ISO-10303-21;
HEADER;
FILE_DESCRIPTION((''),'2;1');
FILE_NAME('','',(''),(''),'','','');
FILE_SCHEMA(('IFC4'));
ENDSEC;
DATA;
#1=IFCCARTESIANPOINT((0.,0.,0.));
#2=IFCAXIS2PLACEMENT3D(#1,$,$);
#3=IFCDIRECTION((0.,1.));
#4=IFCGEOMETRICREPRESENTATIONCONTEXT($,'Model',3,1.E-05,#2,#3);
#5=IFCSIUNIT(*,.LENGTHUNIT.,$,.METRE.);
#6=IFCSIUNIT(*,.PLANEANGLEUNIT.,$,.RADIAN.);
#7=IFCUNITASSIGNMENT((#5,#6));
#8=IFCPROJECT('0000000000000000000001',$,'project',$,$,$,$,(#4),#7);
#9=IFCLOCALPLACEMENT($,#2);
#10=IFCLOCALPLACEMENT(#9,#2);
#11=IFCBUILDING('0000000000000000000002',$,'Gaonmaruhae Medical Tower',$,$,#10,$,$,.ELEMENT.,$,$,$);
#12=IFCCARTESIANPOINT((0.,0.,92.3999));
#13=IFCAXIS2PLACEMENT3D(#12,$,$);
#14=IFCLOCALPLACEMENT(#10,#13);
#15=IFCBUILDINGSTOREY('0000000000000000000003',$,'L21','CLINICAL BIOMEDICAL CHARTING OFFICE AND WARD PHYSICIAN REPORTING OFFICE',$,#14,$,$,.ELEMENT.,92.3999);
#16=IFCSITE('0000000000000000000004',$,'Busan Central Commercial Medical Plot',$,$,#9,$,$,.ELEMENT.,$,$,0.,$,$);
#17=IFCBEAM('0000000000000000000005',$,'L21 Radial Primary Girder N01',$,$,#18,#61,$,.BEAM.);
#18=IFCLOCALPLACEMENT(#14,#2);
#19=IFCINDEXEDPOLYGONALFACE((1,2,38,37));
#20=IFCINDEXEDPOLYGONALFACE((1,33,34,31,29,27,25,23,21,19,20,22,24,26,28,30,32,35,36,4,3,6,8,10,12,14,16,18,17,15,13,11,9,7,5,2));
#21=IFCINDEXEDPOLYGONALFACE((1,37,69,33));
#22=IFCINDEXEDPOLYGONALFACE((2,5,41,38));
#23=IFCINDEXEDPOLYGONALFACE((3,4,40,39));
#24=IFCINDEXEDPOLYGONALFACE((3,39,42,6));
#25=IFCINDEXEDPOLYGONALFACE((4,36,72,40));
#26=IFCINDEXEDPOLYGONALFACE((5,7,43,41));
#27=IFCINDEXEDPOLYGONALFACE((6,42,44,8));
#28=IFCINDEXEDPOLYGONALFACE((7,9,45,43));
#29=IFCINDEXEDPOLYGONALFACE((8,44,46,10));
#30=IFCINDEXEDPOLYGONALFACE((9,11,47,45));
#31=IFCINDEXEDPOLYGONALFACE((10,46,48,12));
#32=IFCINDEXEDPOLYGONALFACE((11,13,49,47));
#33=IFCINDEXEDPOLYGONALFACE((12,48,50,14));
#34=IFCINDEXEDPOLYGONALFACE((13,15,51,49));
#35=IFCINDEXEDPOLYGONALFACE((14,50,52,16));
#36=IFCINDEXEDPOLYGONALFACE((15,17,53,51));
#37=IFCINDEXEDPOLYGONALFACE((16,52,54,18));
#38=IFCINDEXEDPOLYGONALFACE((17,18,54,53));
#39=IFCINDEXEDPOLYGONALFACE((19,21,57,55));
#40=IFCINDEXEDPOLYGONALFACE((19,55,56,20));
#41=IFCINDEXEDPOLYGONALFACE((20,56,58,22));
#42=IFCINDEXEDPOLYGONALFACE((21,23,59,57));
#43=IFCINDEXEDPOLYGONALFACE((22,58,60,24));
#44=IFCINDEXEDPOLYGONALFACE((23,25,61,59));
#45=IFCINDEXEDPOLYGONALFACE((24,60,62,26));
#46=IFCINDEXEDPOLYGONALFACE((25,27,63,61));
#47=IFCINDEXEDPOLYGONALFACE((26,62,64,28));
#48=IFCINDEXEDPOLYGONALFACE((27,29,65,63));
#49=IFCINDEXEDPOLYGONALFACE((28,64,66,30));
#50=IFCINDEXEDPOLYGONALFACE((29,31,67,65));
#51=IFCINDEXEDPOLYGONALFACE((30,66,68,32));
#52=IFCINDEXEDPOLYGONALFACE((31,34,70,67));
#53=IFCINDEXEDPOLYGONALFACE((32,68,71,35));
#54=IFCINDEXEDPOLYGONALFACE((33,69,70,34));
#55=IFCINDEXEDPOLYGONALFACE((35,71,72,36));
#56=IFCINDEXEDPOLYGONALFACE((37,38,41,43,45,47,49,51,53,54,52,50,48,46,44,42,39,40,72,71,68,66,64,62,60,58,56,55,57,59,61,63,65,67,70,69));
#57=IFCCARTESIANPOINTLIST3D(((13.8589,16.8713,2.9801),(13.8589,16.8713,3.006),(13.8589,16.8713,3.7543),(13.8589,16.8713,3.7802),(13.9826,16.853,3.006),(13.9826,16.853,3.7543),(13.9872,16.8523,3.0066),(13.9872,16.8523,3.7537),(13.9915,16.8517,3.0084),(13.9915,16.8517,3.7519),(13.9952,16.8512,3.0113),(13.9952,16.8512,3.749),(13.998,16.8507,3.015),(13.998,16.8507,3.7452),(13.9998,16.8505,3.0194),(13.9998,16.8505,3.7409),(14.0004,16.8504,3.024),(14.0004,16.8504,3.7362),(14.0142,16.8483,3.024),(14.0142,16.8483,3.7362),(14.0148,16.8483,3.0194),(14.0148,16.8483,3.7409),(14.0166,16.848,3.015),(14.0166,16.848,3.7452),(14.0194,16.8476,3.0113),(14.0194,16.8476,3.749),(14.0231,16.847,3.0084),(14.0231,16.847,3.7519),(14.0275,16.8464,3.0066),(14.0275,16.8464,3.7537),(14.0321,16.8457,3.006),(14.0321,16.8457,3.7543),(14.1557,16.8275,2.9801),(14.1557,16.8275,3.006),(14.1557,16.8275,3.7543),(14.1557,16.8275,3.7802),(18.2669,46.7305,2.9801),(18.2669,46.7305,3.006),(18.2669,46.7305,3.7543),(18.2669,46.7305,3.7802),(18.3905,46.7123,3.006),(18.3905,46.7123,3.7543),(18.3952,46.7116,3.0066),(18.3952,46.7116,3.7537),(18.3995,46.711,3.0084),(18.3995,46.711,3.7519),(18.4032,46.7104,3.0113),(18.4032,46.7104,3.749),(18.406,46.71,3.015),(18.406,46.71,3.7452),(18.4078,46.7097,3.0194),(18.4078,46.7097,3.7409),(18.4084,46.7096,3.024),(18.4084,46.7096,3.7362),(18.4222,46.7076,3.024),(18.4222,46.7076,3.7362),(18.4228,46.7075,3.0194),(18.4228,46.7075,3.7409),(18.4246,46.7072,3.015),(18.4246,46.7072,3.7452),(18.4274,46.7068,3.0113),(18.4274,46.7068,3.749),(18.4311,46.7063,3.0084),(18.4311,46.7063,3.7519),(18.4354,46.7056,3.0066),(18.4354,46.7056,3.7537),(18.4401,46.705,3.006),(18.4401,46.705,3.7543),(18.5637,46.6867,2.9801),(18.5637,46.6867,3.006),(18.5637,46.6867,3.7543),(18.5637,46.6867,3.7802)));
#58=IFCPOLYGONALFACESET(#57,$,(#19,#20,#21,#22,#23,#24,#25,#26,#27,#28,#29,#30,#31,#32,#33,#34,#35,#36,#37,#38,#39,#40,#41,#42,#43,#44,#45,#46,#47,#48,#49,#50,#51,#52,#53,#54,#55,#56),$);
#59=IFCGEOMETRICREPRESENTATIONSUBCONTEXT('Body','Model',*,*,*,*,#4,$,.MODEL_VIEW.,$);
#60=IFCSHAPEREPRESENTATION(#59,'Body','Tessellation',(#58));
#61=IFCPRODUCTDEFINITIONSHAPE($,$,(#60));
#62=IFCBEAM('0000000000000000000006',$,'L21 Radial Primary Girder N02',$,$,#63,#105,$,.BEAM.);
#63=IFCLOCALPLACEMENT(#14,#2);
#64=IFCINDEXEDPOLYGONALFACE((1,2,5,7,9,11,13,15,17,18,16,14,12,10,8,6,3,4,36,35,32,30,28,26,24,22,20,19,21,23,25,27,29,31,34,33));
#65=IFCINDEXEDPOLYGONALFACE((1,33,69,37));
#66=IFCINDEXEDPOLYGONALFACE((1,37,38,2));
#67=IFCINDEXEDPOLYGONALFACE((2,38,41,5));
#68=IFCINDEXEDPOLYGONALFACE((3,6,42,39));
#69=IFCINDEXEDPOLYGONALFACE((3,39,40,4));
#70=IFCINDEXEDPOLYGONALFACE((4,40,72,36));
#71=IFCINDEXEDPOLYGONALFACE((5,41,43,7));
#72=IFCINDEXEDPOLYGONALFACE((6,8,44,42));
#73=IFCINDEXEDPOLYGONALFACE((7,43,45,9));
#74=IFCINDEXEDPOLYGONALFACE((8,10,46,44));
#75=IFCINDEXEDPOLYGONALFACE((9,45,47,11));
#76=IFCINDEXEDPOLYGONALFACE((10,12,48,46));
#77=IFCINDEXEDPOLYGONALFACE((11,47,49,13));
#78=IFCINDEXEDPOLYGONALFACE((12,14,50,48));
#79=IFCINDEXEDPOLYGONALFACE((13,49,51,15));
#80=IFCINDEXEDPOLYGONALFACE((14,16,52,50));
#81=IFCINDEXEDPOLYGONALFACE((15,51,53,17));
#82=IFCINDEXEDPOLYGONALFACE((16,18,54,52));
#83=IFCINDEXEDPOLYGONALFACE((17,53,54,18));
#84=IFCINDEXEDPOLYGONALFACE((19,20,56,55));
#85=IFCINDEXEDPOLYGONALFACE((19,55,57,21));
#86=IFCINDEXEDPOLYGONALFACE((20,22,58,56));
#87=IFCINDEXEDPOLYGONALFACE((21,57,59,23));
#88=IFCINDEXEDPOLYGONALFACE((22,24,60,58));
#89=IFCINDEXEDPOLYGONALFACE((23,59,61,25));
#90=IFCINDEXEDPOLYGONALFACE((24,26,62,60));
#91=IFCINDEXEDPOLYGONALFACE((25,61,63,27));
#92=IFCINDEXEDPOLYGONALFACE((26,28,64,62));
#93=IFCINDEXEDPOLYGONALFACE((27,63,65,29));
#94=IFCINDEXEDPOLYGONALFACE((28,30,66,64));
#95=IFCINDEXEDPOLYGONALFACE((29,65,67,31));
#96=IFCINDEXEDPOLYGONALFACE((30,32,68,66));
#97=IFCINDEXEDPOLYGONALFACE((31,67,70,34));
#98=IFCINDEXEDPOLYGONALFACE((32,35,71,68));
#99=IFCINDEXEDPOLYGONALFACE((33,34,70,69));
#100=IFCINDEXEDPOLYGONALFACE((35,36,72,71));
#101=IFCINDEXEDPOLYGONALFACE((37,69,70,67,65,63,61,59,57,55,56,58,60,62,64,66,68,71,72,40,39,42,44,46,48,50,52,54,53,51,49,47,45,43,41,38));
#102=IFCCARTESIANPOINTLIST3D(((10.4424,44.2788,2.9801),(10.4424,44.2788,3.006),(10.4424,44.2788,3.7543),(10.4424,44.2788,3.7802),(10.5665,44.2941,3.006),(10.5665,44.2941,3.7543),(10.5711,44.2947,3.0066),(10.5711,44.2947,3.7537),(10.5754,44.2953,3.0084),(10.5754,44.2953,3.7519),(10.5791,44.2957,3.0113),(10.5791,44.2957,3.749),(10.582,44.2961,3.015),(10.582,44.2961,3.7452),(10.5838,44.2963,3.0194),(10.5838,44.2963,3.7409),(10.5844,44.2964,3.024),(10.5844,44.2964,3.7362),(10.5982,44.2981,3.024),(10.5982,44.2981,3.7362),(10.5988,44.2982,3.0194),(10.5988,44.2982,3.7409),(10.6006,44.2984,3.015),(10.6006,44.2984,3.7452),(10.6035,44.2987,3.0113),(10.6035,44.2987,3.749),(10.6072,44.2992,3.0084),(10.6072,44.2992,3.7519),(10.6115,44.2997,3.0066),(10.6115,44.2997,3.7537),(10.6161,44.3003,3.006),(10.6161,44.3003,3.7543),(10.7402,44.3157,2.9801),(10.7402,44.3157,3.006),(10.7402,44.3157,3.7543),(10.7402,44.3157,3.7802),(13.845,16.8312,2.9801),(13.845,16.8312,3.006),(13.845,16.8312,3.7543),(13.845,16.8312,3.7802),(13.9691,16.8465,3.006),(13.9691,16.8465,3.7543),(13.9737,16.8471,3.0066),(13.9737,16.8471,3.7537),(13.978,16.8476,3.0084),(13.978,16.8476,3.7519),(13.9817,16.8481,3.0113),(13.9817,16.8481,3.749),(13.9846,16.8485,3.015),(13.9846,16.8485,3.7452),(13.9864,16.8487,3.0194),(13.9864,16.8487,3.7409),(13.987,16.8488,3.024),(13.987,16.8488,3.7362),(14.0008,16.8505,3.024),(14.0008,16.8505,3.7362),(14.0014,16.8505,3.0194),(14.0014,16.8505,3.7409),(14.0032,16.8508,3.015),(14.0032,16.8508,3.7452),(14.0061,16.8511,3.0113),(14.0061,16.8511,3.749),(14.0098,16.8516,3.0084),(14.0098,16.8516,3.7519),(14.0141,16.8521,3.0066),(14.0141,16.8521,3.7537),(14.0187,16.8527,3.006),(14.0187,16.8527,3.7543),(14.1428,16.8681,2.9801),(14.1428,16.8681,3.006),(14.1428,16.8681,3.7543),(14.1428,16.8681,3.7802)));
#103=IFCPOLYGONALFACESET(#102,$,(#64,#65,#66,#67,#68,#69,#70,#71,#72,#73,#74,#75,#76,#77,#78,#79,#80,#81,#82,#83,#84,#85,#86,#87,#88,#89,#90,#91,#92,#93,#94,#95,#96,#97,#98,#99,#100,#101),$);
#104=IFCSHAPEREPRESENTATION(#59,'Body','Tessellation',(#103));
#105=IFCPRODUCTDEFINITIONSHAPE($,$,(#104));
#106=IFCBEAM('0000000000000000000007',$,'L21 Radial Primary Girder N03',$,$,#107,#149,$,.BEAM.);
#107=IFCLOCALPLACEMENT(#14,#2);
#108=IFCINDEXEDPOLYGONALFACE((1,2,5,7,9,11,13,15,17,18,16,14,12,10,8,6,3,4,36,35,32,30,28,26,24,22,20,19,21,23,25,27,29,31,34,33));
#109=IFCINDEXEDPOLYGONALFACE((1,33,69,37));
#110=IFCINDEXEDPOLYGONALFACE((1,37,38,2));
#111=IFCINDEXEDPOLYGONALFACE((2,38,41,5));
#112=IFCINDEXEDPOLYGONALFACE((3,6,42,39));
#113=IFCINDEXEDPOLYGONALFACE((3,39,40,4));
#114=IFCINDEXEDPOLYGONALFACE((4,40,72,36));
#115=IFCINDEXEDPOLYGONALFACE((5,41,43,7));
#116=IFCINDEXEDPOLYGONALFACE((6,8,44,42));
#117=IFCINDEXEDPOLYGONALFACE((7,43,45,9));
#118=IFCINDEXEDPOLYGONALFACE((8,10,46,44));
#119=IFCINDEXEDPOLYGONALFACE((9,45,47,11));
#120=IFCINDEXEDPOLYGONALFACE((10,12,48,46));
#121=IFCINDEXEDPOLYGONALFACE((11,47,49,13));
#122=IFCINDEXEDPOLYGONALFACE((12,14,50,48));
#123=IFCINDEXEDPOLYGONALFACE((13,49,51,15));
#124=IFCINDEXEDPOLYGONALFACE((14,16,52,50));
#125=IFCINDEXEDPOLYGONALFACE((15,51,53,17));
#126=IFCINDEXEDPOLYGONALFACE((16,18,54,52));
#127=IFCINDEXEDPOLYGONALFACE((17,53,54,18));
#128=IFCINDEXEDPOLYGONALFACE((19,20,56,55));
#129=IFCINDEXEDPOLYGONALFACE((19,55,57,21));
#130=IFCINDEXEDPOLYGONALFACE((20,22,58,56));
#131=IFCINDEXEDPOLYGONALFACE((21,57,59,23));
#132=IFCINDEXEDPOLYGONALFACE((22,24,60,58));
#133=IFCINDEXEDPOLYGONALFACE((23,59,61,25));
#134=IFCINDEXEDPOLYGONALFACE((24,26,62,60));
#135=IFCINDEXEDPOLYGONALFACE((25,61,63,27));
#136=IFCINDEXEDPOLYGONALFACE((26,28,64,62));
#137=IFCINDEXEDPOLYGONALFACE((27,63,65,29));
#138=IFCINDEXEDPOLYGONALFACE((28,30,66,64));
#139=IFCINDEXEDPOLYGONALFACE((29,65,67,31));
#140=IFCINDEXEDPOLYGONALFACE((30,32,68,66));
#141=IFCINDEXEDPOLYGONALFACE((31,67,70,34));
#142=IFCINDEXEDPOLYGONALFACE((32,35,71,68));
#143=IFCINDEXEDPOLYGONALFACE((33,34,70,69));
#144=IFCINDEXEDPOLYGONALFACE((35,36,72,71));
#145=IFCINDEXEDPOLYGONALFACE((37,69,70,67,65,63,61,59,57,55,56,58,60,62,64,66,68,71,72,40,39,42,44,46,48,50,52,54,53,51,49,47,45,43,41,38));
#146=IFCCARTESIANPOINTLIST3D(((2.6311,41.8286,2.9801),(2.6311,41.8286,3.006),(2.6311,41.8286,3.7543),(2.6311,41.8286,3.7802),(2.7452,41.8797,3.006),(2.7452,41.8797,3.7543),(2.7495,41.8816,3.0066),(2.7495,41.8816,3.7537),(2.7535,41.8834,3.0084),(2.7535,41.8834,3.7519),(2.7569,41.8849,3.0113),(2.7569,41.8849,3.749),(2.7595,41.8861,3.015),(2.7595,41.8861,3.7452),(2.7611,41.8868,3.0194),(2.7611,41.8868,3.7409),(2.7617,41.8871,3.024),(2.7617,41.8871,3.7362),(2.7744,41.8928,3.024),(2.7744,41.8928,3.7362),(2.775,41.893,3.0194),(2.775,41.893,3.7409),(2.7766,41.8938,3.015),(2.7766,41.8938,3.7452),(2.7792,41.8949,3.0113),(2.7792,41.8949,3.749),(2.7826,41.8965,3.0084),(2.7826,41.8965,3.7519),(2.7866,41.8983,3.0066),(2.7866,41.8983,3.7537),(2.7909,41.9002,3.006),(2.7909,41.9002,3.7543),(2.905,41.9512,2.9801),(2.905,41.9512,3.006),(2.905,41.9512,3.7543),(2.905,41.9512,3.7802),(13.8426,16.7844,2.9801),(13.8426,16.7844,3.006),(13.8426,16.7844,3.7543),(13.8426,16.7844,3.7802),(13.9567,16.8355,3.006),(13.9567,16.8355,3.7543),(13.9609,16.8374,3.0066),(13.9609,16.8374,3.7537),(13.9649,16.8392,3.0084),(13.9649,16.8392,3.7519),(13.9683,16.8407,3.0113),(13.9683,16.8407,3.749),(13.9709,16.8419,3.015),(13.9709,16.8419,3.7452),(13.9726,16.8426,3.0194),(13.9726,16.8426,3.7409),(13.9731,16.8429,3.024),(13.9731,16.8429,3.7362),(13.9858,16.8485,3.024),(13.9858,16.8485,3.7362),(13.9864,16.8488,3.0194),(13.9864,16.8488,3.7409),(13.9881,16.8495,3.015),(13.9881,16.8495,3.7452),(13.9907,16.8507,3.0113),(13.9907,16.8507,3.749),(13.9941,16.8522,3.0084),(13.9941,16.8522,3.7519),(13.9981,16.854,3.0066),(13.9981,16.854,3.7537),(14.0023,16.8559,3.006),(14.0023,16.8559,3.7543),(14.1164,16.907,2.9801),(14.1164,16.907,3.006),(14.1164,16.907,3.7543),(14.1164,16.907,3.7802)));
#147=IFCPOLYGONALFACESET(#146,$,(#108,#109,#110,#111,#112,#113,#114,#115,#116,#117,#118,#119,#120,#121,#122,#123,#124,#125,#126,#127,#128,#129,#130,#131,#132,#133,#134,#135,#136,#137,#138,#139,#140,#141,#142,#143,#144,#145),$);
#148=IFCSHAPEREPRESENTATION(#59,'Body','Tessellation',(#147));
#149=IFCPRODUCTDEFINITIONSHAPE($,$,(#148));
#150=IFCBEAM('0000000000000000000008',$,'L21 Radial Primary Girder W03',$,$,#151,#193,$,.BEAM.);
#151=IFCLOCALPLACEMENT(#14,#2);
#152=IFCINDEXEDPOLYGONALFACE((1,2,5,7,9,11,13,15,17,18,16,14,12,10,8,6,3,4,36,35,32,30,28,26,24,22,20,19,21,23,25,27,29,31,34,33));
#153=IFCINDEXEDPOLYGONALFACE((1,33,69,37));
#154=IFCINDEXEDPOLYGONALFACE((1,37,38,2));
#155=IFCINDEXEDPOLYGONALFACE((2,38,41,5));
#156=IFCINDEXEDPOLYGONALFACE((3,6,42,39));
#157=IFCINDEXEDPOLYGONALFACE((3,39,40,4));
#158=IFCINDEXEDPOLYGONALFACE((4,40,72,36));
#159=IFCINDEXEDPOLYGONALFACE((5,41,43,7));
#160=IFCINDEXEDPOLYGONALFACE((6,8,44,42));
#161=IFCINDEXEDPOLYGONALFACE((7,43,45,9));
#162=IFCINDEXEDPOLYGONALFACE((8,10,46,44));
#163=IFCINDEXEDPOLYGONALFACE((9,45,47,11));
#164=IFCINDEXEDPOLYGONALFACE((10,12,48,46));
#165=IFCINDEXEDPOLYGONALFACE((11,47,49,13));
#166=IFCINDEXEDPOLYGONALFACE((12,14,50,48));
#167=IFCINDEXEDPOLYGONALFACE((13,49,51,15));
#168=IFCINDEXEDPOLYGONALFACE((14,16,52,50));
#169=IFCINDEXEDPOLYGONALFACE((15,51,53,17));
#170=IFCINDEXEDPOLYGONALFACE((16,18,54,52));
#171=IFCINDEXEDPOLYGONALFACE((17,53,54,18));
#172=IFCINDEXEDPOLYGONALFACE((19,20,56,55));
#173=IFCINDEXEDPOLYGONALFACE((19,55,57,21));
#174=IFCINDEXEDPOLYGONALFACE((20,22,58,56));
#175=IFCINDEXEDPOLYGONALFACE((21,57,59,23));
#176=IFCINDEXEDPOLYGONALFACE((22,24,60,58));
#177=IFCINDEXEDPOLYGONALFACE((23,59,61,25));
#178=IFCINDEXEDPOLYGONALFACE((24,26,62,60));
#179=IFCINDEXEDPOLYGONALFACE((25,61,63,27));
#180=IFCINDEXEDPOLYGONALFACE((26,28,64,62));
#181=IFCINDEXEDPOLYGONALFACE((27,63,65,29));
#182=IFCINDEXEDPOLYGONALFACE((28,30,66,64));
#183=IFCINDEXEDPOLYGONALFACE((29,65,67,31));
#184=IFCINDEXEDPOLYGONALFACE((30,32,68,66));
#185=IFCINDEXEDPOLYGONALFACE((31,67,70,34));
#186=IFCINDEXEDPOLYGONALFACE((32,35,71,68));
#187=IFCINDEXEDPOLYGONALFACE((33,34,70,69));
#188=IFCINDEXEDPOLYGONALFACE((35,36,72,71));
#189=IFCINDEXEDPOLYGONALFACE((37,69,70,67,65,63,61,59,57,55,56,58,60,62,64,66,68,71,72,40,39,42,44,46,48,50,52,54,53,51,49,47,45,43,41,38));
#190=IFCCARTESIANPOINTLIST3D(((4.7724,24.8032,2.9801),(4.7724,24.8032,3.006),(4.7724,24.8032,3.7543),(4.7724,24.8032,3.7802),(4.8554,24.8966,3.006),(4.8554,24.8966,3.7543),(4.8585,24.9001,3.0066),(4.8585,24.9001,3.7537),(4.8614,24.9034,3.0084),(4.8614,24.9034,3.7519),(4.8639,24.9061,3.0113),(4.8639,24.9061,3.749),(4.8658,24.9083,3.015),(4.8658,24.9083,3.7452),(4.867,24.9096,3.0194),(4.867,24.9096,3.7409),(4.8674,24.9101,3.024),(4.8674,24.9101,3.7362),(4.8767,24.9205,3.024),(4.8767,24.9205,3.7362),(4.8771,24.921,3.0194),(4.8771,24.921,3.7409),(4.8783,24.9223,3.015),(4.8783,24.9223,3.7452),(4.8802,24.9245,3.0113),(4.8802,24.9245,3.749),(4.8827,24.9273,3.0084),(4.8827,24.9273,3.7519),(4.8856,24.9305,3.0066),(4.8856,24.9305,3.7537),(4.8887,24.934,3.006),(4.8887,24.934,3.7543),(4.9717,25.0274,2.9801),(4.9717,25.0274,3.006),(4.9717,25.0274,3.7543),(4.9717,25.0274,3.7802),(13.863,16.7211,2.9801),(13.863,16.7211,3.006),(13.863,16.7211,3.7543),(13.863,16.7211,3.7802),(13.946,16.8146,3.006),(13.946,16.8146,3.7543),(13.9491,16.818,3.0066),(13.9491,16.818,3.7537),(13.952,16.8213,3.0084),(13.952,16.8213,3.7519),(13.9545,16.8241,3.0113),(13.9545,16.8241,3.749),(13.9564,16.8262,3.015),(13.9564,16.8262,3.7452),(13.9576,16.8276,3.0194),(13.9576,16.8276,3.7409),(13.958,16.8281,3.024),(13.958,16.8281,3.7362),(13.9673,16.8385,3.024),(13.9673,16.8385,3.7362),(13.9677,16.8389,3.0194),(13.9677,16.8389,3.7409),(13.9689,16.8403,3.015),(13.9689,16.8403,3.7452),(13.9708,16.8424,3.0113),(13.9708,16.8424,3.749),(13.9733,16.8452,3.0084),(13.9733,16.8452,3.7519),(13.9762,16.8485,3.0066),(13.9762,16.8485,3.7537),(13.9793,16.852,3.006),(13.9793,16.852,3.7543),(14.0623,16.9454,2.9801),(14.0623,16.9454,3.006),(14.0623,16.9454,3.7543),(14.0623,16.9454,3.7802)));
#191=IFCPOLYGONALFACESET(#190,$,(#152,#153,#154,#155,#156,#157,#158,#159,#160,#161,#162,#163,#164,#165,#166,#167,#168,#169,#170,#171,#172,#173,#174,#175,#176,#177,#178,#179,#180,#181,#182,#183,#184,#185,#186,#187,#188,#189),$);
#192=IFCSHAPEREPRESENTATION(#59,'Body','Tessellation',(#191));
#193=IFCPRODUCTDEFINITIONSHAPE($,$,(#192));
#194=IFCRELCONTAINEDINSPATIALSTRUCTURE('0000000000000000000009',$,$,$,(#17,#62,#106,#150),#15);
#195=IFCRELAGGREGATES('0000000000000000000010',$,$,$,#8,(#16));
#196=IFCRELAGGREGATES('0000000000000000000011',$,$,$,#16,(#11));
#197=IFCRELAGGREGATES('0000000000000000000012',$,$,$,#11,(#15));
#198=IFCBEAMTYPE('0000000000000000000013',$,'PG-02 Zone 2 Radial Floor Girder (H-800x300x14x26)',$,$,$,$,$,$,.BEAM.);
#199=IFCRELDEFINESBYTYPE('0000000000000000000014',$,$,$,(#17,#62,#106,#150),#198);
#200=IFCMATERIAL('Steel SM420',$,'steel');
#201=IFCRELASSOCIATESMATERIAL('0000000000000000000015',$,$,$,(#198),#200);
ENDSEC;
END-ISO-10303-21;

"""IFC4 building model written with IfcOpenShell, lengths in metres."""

from ifc_helpers import new_model, si_unit, direction, frame, origin, origin_2d, place, context, subcontext, project, spatial, i_section, extrude, material, material_profile, profile_set, type_object, element, save


model = new_model("IFC4")

# Units and contexts
model_context = context("Model", 3, precision=1e-05, world=origin(), true_north=direction((0.0, 1.0)))
body_context = subcontext(model_context, "Body", "Model", "MODEL_VIEW")
ifc_project = project(units=[si_unit("LENGTHUNIT", "METRE"), si_unit("PLANEANGLEUNIT", "RADIAN")], contexts=[model_context])

# Site, building, storey
site_placement = place(None, origin())
site = spatial("IfcSite", under=ifc_project, at=site_placement, Name="Busan Central Commercial Medical Plot", CompositionType="ELEMENT", RefElevation=0.0)
building_placement = place(site_placement, origin())
building = spatial("IfcBuilding", under=site, at=building_placement, Name="Gaonmaruhae Medical Tower", CompositionType="ELEMENT")
storey_placement = place(building_placement, frame((0.0, 0.0, 92.3999)))
storey = spatial("IfcBuildingStorey", under=building, at=storey_placement, Name="L21", Description="CLINICAL BIOMEDICAL CHARTING OFFICE AND WARD PHYSICIAN REPORTING OFFICE", CompositionType="ELEMENT", Elevation=92.3999)

# Beams
ifc_material_1 = material(Name="Steel SM420", Category="steel")
ifc_material_profile_1 = material_profile(ifc_material_1, i_section(OverallWidth=0.3, OverallDepth=0.8, WebThickness=0.0139, FlangeThickness=0.0259, FilletRadius=0.0181, at=origin_2d()), Name="H-800x300x14x26")
ifc_profile_set_1 = profile_set([ifc_material_profile_1], Name="Steel SM420")
beam_type_1 = type_object("IfcBeamType", Name="PG-02 Zone 2 Radial Floor Girder (H-800x300x14x26)", PredefinedType="BEAM", material=ifc_profile_set_1)
beam_1_placement = place(storey_placement, frame((14.0073, 16.8494, 3.3801), z_axis=(0.146042, 0.989278, 0.0), x_axis=(-0.989278, 0.146042, 0.0)))
element("IfcBeam", 1, at=beam_1_placement, inside=storey, type_object=beam_type_1, Name="L21 Radial Primary Girder N01", PredefinedType="BEAM", context=body_context, shape_type="SweptSolid", body=[
    extrude(i_section(OverallWidth=0.3, OverallDepth=0.8, WebThickness=0.0139, FlangeThickness=0.0259, FilletRadius=0.0181, at=origin_2d()), origin(), (0.0, 0.0, 1.0), 30.1829),
])
beam_2_placement = place(storey_placement, frame((13.9939, 16.8496, 3.3801), z_axis=(-0.123025, 0.992404, 0.0), x_axis=(-0.992404, -0.123025, 0.0)))
element("IfcBeam", 2, at=beam_2_placement, inside=storey, type_object=beam_type_1, Name="L21 Radial Primary Girder N02", PredefinedType="BEAM", context=body_context, shape_type="SweptSolid", body=[
    extrude(i_section(OverallWidth=0.3, OverallDepth=0.8, WebThickness=0.0139, FlangeThickness=0.0259, FilletRadius=0.0181, at=origin_2d()), origin(), (0.0, 0.0, 1.0), 27.6577),
])
beam_3_placement = place(storey_placement, frame((13.9795, 16.8457, 3.3801), z_axis=(-0.408592, 0.912717, 0.0), x_axis=(-0.912717, -0.408592, 0.0)))
element("IfcBeam", 3, at=beam_3_placement, inside=storey, type_object=beam_type_1, Name="L21 Radial Primary Girder N03", PredefinedType="BEAM", context=body_context, shape_type="SweptSolid", body=[
    extrude(i_section(OverallWidth=0.3, OverallDepth=0.8, WebThickness=0.0139, FlangeThickness=0.0259, FilletRadius=0.0181, at=origin_2d()), origin(), (0.0, 0.0, 1.0), 27.4392),
])
beam_4_placement = place(storey_placement, frame((13.9626, 16.8333, 3.3801), z_axis=(-0.747347, 0.664434, 0.0), x_axis=(-0.664434, -0.747347, 0.0)))
element("IfcBeam", 4, at=beam_4_placement, inside=storey, type_object=beam_type_1, Name="L21 Radial Primary Girder W03", PredefinedType="BEAM", context=body_context, shape_type="SweptSolid", body=[
    extrude(i_section(OverallWidth=0.3, OverallDepth=0.8, WebThickness=0.0139, FlangeThickness=0.0259, FilletRadius=0.0181, at=origin_2d()), origin(), (0.0, 0.0, 1.0), 12.1638),
])

save(model, "model.ifc")
